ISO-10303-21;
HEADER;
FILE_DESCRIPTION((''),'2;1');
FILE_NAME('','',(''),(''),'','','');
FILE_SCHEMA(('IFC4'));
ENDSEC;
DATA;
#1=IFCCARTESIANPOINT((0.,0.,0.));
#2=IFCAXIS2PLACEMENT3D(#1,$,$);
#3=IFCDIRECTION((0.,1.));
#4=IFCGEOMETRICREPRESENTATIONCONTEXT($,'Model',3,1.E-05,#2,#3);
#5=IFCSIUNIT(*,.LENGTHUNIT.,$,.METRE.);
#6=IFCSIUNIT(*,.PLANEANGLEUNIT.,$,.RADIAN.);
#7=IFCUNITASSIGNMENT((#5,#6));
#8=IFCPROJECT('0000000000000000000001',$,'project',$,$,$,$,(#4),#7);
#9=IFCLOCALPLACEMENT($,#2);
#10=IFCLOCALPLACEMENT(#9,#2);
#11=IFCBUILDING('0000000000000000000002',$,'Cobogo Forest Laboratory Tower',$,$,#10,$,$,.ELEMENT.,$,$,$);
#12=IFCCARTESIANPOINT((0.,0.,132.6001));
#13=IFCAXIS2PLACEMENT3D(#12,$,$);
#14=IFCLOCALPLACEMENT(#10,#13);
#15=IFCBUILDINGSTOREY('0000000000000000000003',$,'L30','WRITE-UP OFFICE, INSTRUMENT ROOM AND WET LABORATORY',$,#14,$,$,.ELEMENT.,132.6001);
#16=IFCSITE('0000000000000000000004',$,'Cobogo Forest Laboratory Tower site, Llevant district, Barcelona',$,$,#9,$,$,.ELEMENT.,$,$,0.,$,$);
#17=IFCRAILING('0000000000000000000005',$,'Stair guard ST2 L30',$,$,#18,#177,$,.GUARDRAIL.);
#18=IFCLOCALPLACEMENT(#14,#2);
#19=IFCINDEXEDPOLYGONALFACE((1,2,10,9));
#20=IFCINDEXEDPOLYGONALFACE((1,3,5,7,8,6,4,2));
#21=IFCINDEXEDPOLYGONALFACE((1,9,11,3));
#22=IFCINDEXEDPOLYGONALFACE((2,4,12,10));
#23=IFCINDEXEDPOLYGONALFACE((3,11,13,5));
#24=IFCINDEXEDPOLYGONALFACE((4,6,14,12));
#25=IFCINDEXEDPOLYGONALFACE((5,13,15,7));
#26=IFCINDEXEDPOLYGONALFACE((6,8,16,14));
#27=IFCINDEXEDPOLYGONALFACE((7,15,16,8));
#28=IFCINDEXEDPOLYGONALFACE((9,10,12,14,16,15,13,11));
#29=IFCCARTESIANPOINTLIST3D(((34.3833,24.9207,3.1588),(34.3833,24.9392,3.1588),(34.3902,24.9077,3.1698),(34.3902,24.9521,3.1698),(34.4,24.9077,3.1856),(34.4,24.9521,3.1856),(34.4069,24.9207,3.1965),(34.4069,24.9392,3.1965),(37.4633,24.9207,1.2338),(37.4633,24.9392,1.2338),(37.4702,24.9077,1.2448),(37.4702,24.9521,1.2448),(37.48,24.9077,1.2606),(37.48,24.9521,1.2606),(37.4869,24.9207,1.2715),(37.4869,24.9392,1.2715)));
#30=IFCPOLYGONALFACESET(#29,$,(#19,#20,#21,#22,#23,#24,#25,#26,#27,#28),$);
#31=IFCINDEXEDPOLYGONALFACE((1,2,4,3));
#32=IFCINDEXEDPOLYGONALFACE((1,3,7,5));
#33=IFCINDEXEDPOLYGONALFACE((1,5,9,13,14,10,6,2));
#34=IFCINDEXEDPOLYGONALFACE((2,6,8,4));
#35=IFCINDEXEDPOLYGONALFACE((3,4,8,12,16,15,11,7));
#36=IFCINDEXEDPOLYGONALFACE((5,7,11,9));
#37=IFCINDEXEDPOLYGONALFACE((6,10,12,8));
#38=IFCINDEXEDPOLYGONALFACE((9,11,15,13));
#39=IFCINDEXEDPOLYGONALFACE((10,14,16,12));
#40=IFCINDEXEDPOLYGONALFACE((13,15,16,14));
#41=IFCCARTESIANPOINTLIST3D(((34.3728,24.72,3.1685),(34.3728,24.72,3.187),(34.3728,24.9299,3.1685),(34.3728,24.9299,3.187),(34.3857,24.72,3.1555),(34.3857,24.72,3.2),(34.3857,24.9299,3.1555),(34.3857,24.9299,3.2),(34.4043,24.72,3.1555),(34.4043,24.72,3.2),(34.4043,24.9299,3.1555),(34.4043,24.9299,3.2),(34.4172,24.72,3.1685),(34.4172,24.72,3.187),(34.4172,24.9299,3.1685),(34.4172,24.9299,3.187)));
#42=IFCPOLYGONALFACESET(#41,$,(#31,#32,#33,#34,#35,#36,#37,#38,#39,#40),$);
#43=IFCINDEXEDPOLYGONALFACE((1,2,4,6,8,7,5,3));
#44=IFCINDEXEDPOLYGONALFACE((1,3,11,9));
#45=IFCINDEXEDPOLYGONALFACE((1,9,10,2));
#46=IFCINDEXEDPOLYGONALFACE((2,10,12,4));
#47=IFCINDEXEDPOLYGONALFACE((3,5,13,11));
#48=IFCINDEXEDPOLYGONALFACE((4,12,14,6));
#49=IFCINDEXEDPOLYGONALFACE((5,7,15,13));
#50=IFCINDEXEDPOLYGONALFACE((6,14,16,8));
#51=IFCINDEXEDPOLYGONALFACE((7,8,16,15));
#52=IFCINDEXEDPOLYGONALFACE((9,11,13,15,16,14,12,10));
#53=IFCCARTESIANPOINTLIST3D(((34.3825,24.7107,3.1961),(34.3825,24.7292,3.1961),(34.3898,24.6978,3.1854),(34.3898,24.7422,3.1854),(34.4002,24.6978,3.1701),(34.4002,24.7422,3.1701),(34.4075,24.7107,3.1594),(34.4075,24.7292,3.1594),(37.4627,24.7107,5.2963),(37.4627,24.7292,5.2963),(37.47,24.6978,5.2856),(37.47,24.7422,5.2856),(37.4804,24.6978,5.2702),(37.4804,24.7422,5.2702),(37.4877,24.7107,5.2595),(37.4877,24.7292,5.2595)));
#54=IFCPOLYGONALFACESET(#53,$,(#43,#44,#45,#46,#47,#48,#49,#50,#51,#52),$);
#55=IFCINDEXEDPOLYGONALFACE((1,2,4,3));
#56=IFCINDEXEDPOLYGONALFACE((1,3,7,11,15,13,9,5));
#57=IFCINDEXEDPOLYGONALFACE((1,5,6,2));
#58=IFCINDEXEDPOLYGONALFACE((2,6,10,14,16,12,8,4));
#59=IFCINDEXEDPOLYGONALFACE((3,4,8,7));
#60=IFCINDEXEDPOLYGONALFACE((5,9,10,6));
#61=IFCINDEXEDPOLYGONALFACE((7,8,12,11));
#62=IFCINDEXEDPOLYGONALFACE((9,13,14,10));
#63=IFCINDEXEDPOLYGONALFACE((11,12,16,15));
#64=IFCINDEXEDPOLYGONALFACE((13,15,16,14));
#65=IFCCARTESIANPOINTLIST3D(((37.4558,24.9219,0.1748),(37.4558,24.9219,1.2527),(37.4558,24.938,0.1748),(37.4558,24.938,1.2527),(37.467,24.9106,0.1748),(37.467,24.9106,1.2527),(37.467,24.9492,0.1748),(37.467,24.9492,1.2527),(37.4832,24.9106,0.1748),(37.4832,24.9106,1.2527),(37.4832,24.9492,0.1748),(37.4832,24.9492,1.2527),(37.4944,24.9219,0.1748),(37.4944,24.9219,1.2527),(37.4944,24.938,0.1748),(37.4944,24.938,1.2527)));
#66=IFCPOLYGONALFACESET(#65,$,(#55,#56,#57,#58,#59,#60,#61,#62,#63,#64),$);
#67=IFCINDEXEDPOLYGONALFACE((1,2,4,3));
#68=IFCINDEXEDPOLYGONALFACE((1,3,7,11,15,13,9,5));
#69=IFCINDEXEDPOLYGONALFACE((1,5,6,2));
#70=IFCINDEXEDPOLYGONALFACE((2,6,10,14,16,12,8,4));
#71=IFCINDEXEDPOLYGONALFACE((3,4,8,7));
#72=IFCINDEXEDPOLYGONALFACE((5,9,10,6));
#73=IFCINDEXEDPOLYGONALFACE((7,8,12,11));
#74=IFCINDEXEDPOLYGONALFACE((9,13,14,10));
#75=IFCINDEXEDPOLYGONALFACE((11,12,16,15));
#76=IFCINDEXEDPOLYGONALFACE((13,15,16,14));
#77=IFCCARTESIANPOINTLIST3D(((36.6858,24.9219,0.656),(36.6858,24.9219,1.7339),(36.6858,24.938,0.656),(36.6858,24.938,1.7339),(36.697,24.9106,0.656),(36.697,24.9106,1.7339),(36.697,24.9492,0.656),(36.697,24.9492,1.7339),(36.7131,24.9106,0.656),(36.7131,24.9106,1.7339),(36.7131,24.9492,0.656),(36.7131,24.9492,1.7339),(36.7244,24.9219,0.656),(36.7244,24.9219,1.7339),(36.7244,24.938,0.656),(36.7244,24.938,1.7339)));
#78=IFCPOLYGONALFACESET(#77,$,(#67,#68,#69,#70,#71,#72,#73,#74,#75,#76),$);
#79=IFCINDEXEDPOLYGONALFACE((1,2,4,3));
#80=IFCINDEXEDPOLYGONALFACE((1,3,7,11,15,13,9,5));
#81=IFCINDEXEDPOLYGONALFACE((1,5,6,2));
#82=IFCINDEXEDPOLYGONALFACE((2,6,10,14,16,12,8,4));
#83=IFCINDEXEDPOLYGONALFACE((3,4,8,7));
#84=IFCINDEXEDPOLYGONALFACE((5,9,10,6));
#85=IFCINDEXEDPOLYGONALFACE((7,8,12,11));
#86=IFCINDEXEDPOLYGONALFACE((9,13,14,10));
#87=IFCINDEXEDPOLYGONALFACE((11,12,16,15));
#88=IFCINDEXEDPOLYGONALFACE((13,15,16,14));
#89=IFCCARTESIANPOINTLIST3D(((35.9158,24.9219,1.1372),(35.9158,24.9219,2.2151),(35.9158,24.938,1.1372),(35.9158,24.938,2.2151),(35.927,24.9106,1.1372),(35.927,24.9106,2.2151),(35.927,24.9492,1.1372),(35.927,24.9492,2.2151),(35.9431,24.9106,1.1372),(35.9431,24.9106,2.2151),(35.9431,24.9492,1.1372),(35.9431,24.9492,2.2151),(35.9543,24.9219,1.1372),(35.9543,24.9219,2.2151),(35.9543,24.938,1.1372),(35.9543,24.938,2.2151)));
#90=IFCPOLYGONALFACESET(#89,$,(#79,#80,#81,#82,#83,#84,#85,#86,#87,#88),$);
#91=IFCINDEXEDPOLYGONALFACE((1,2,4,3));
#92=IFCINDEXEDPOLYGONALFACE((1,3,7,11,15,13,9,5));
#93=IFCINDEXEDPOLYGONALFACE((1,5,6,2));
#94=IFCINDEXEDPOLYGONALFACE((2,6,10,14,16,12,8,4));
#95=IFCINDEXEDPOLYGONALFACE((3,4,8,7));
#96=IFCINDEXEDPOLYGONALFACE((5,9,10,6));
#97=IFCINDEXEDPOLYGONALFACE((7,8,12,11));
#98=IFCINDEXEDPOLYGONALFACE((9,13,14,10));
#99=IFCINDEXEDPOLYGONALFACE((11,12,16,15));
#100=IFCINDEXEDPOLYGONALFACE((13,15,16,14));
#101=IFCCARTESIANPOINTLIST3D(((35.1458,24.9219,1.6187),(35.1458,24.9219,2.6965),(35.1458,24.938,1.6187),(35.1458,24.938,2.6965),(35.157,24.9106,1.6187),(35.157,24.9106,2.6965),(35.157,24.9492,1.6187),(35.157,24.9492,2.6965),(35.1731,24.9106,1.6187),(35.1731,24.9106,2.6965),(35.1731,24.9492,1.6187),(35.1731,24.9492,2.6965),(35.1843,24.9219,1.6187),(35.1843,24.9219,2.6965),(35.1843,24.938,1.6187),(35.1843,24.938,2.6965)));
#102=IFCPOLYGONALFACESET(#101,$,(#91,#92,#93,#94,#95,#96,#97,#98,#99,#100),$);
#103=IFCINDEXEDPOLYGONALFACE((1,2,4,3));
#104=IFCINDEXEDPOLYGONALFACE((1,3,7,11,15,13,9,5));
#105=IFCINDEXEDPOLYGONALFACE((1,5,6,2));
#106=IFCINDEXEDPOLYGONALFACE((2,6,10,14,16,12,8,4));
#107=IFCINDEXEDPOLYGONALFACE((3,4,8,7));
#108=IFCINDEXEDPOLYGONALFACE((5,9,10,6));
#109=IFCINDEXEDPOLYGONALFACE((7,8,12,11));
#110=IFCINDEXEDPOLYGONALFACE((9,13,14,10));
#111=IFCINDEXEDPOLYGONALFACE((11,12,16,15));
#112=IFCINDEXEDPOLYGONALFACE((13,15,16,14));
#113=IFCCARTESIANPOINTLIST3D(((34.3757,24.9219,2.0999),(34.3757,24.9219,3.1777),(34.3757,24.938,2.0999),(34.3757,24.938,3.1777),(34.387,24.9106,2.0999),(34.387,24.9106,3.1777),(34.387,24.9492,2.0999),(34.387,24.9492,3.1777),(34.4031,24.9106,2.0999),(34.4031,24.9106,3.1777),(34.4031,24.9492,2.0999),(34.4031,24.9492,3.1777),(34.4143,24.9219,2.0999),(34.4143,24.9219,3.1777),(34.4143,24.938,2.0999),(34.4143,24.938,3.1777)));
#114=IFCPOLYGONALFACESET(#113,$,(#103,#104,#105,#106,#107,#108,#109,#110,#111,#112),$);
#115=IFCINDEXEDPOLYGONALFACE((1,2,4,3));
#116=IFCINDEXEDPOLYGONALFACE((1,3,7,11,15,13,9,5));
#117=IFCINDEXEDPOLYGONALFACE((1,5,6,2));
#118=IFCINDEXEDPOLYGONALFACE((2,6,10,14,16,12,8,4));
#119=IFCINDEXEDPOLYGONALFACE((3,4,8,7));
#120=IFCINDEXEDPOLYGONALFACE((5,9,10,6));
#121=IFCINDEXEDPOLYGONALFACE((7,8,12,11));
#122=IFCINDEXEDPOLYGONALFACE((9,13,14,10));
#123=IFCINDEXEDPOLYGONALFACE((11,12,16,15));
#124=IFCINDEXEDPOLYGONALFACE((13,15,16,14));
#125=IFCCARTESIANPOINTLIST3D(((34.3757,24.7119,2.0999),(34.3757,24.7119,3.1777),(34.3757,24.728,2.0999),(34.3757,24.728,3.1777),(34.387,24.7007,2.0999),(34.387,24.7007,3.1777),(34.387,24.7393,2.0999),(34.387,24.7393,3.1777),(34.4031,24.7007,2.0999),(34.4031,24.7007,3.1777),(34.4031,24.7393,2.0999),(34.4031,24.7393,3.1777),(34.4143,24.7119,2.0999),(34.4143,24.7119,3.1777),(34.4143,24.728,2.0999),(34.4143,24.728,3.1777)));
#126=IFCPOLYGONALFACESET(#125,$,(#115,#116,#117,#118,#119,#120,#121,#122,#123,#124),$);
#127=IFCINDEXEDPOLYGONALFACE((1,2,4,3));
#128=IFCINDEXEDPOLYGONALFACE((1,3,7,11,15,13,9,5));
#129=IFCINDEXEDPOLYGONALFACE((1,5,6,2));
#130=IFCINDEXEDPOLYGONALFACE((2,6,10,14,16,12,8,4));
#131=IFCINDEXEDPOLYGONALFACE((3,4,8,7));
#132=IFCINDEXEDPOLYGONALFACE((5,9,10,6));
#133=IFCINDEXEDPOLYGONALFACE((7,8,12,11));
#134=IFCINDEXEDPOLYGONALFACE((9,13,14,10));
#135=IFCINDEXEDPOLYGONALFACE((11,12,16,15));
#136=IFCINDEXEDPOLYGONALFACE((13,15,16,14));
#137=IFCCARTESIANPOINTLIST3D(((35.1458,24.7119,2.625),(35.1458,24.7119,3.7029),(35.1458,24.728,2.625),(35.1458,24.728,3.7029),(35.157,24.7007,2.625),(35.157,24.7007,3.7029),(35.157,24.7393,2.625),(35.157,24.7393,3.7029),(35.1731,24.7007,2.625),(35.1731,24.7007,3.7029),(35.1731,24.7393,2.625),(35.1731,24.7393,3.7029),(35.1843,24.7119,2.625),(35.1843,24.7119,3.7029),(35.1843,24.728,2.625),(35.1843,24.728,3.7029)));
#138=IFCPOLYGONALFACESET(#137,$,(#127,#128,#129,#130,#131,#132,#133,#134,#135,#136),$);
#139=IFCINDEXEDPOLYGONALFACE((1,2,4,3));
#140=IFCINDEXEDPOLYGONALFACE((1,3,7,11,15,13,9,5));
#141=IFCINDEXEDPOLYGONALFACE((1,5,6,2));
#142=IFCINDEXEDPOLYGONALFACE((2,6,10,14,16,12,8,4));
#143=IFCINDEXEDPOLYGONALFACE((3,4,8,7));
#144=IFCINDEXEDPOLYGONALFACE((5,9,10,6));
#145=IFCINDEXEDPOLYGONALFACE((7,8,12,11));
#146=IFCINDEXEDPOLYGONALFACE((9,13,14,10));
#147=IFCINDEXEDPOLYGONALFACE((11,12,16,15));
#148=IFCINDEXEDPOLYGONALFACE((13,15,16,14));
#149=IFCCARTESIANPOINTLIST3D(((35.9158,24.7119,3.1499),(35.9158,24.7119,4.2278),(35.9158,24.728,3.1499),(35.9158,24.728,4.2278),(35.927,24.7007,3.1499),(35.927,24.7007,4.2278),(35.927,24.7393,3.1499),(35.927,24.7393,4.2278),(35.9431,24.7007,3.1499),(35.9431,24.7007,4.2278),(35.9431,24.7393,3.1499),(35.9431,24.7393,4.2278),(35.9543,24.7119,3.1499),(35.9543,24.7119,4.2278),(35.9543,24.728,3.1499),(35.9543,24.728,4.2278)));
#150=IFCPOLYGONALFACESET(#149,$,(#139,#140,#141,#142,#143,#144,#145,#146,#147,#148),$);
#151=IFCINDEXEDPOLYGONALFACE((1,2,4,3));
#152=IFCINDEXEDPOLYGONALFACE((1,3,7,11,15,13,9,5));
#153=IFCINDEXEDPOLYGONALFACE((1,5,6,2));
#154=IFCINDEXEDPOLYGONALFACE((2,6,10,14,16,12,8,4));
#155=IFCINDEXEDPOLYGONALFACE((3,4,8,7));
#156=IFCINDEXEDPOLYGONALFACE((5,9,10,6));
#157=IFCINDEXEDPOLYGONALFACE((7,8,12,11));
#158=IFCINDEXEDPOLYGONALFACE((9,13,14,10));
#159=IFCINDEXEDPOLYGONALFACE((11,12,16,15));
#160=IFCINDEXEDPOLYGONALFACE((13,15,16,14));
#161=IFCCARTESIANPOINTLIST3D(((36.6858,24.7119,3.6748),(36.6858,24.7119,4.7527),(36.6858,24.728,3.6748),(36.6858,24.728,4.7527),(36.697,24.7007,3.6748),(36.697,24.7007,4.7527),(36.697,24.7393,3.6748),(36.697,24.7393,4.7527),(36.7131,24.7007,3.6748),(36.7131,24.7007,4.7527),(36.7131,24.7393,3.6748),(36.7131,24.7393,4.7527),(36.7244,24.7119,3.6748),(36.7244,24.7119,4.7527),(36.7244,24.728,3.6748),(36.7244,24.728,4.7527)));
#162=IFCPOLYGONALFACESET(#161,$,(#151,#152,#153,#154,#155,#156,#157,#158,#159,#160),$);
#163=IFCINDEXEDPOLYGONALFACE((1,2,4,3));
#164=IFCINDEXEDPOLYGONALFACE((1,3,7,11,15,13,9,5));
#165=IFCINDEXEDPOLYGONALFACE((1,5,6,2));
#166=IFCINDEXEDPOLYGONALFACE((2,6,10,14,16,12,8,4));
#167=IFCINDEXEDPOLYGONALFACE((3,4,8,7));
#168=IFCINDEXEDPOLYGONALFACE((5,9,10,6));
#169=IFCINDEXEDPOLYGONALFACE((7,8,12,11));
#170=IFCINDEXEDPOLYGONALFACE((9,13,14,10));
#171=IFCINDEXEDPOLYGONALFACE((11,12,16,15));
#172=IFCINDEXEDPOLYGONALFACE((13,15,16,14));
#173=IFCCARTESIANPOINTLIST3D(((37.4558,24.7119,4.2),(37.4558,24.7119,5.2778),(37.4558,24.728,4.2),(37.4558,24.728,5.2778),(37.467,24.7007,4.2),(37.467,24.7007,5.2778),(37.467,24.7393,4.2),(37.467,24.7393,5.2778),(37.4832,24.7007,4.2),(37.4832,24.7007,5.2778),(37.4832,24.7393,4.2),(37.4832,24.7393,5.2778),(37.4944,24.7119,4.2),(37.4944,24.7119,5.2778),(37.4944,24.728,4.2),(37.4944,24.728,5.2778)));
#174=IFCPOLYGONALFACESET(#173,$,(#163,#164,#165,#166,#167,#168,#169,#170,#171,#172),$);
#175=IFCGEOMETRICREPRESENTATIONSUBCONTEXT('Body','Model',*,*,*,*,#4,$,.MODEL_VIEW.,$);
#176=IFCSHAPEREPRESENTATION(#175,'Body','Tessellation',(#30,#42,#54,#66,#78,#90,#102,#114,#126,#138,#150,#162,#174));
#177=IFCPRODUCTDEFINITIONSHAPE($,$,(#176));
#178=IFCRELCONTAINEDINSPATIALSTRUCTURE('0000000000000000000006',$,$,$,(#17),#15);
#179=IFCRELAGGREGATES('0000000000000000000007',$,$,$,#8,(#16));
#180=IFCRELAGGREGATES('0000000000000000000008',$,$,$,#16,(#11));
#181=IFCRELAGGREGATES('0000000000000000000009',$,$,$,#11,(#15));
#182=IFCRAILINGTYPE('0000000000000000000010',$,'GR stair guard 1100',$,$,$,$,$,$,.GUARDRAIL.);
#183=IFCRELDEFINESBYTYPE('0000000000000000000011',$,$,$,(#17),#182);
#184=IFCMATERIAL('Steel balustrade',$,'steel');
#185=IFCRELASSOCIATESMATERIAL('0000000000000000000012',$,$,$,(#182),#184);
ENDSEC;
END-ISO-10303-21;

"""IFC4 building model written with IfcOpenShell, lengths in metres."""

from ifc_helpers import new_model, si_unit, direction, frame, origin, place, context, subcontext, project, spatial, polyline, outline, extrude, material, type_object, element, save


model = new_model("IFC4")

# Units and contexts
model_context = context("Model", 3, precision=1e-05, world=origin(), true_north=direction((0.0, 1.0)))
body_context = subcontext(model_context, "Body", "Model", "MODEL_VIEW")
ifc_project = project(units=[si_unit("LENGTHUNIT", "METRE"), si_unit("PLANEANGLEUNIT", "RADIAN")], contexts=[model_context])

# Site, building, storey
site_placement = place(None, origin())
site = spatial("IfcSite", under=ifc_project, at=site_placement, Name="Cobogo Forest Laboratory Tower site, Llevant district, Barcelona", CompositionType="ELEMENT", RefElevation=0.0)
building_placement = place(site_placement, origin())
building = spatial("IfcBuilding", under=site, at=building_placement, Name="Cobogo Forest Laboratory Tower", CompositionType="ELEMENT")
storey_placement = place(building_placement, frame((0.0, 0.0, 132.6001)))
storey = spatial("IfcBuildingStorey", under=building, at=storey_placement, Name="L30", Description="WRITE-UP OFFICE, INSTRUMENT ROOM AND WET LABORATORY", CompositionType="ELEMENT", Elevation=132.6001)

# Railing
ifc_material_1 = material(Name="Steel balustrade", Category="steel")
railing_type_1 = type_object("IfcRailingType", Name="GR stair guard 1100", PredefinedType="GUARDRAIL", material=ifc_material_1)
railing_1_placement = place(storey_placement, frame((37.4751, 24.9299, 0.1748)))
element("IfcRailing", 1, at=railing_1_placement, inside=storey, type_object=railing_type_1, Name="Stair guard ST2 L30", PredefinedType="GUARDRAIL", context=body_context, shape_type="SweptSolid", body=[
    extrude(outline(polyline([(0.0222, 0.0093), (0.0093, 0.0222), (-0.0093, 0.0222), (-0.0222, 0.0093), (-0.0222, -0.0093), (-0.0093, -0.0222), (0.0093, -0.0222), (0.0222, -0.0093), (0.0222, 0.0093)])), frame((0.0, 0.0, 1.0779), z_axis=(-0.847998, 0.0, 0.529999), x_axis=(0.0, -1.0, 0.0)), (0.0, 0.0, 1.0), 3.6321),
    extrude(outline(polyline([(0.0222, 0.0093), (0.0093, 0.0222), (-0.0093, 0.0222), (-0.0222, 0.0093), (-0.0222, -0.0093), (-0.0093, -0.0222), (0.0093, -0.0222), (0.0222, -0.0093), (0.0222, 0.0093)])), frame((-3.0801, 0.0, 3.0029), z_axis=(0.0, -1.0, 0.0), x_axis=(1.0, 0.0, 0.0)), (0.0, 0.0, 1.0), 0.21),
    extrude(outline(polyline([(0.0222, 0.0093), (0.0093, 0.0222), (-0.0093, 0.0222), (-0.0222, 0.0093), (-0.0222, -0.0093), (-0.0093, -0.0222), (0.0093, -0.0222), (0.0222, -0.0093), (0.0222, 0.0093)])), frame((-3.0801, -0.21, 3.0029), z_axis=(0.826222, 0.0, 0.563345), x_axis=(0.0, 1.0, 0.0)), (0.0, 0.0, 1.0), 3.728),
    extrude(outline(polyline([(0.0193, 0.0081), (0.0081, 0.0193), (-0.0081, 0.0193), (-0.0193, 0.0081), (-0.0193, -0.0081), (-0.0081, -0.0193), (0.0081, -0.0193), (0.0193, -0.0081), (0.0193, 0.0081)])), origin(), (0.0, 0.0, 1.0), 1.0779),
    extrude(outline(polyline([(0.0193, 0.0081), (0.0081, 0.0193), (-0.0081, 0.0193), (-0.0193, 0.0081), (-0.0193, -0.0081), (-0.0081, -0.0193), (0.0081, -0.0193), (0.0193, -0.0081), (0.0193, 0.0081)])), frame((-0.77, 0.0, 0.4812)), (0.0, 0.0, 1.0), 1.0779),
    extrude(outline(polyline([(0.0193, 0.0081), (0.0081, 0.0193), (-0.0081, 0.0193), (-0.0193, 0.0081), (-0.0193, -0.0081), (-0.0081, -0.0193), (0.0081, -0.0193), (0.0193, -0.0081), (0.0193, 0.0081)])), frame((-1.54, 0.0, 0.9624)), (0.0, 0.0, 1.0), 1.0779),
    extrude(outline(polyline([(0.0193, 0.0081), (0.0081, 0.0193), (-0.0081, 0.0193), (-0.0193, 0.0081), (-0.0193, -0.0081), (-0.0081, -0.0193), (0.0081, -0.0193), (0.0193, -0.0081), (0.0193, 0.0081)])), frame((-2.3101, 0.0, 1.4438)), (0.0, 0.0, 1.0), 1.0779),
    extrude(outline(polyline([(0.0193, 0.0081), (0.0081, 0.0193), (-0.0081, 0.0193), (-0.0193, 0.0081), (-0.0193, -0.0081), (-0.0081, -0.0193), (0.0081, -0.0193), (0.0193, -0.0081), (0.0193, 0.0081)])), frame((-3.0801, 0.0, 1.925)), (0.0, 0.0, 1.0), 1.0779),
    extrude(outline(polyline([(0.0193, 0.0081), (0.0081, 0.0193), (-0.0081, 0.0193), (-0.0193, 0.0081), (-0.0193, -0.0081), (-0.0081, -0.0193), (0.0081, -0.0193), (0.0193, -0.0081), (0.0193, 0.0081)])), frame((-3.0801, -0.21, 1.925)), (0.0, 0.0, 1.0), 1.0779),
    extrude(outline(polyline([(0.0193, 0.0081), (0.0081, 0.0193), (-0.0081, 0.0193), (-0.0193, 0.0081), (-0.0193, -0.0081), (-0.0081, -0.0193), (0.0081, -0.0193), (0.0193, -0.0081), (0.0193, 0.0081)])), frame((-2.3101, -0.21, 2.4502)), (0.0, 0.0, 1.0), 1.0779),
    extrude(outline(polyline([(0.0193, 0.0081), (0.0081, 0.0193), (-0.0081, 0.0193), (-0.0193, 0.0081), (-0.0193, -0.0081), (-0.0081, -0.0193), (0.0081, -0.0193), (0.0193, -0.0081), (0.0193, 0.0081)])), frame((-1.54, -0.21, 2.9751)), (0.0, 0.0, 1.0), 1.0779),
    extrude(outline(polyline([(0.0193, 0.0081), (0.0081, 0.0193), (-0.0081, 0.0193), (-0.0193, 0.0081), (-0.0193, -0.0081), (-0.0081, -0.0193), (0.0081, -0.0193), (0.0193, -0.0081), (0.0193, 0.0081)])), frame((-0.77, -0.21, 3.5)), (0.0, 0.0, 1.0), 1.0779),
    extrude(outline(polyline([(0.0193, 0.0081), (0.0081, 0.0193), (-0.0081, 0.0193), (-0.0193, 0.0081), (-0.0193, -0.0081), (-0.0081, -0.0193), (0.0081, -0.0193), (0.0193, -0.0081), (0.0193, 0.0081)])), frame((0.0, -0.21, 4.0251)), (0.0, 0.0, 1.0), 1.0779),
])

save(model, "model.ifc")
